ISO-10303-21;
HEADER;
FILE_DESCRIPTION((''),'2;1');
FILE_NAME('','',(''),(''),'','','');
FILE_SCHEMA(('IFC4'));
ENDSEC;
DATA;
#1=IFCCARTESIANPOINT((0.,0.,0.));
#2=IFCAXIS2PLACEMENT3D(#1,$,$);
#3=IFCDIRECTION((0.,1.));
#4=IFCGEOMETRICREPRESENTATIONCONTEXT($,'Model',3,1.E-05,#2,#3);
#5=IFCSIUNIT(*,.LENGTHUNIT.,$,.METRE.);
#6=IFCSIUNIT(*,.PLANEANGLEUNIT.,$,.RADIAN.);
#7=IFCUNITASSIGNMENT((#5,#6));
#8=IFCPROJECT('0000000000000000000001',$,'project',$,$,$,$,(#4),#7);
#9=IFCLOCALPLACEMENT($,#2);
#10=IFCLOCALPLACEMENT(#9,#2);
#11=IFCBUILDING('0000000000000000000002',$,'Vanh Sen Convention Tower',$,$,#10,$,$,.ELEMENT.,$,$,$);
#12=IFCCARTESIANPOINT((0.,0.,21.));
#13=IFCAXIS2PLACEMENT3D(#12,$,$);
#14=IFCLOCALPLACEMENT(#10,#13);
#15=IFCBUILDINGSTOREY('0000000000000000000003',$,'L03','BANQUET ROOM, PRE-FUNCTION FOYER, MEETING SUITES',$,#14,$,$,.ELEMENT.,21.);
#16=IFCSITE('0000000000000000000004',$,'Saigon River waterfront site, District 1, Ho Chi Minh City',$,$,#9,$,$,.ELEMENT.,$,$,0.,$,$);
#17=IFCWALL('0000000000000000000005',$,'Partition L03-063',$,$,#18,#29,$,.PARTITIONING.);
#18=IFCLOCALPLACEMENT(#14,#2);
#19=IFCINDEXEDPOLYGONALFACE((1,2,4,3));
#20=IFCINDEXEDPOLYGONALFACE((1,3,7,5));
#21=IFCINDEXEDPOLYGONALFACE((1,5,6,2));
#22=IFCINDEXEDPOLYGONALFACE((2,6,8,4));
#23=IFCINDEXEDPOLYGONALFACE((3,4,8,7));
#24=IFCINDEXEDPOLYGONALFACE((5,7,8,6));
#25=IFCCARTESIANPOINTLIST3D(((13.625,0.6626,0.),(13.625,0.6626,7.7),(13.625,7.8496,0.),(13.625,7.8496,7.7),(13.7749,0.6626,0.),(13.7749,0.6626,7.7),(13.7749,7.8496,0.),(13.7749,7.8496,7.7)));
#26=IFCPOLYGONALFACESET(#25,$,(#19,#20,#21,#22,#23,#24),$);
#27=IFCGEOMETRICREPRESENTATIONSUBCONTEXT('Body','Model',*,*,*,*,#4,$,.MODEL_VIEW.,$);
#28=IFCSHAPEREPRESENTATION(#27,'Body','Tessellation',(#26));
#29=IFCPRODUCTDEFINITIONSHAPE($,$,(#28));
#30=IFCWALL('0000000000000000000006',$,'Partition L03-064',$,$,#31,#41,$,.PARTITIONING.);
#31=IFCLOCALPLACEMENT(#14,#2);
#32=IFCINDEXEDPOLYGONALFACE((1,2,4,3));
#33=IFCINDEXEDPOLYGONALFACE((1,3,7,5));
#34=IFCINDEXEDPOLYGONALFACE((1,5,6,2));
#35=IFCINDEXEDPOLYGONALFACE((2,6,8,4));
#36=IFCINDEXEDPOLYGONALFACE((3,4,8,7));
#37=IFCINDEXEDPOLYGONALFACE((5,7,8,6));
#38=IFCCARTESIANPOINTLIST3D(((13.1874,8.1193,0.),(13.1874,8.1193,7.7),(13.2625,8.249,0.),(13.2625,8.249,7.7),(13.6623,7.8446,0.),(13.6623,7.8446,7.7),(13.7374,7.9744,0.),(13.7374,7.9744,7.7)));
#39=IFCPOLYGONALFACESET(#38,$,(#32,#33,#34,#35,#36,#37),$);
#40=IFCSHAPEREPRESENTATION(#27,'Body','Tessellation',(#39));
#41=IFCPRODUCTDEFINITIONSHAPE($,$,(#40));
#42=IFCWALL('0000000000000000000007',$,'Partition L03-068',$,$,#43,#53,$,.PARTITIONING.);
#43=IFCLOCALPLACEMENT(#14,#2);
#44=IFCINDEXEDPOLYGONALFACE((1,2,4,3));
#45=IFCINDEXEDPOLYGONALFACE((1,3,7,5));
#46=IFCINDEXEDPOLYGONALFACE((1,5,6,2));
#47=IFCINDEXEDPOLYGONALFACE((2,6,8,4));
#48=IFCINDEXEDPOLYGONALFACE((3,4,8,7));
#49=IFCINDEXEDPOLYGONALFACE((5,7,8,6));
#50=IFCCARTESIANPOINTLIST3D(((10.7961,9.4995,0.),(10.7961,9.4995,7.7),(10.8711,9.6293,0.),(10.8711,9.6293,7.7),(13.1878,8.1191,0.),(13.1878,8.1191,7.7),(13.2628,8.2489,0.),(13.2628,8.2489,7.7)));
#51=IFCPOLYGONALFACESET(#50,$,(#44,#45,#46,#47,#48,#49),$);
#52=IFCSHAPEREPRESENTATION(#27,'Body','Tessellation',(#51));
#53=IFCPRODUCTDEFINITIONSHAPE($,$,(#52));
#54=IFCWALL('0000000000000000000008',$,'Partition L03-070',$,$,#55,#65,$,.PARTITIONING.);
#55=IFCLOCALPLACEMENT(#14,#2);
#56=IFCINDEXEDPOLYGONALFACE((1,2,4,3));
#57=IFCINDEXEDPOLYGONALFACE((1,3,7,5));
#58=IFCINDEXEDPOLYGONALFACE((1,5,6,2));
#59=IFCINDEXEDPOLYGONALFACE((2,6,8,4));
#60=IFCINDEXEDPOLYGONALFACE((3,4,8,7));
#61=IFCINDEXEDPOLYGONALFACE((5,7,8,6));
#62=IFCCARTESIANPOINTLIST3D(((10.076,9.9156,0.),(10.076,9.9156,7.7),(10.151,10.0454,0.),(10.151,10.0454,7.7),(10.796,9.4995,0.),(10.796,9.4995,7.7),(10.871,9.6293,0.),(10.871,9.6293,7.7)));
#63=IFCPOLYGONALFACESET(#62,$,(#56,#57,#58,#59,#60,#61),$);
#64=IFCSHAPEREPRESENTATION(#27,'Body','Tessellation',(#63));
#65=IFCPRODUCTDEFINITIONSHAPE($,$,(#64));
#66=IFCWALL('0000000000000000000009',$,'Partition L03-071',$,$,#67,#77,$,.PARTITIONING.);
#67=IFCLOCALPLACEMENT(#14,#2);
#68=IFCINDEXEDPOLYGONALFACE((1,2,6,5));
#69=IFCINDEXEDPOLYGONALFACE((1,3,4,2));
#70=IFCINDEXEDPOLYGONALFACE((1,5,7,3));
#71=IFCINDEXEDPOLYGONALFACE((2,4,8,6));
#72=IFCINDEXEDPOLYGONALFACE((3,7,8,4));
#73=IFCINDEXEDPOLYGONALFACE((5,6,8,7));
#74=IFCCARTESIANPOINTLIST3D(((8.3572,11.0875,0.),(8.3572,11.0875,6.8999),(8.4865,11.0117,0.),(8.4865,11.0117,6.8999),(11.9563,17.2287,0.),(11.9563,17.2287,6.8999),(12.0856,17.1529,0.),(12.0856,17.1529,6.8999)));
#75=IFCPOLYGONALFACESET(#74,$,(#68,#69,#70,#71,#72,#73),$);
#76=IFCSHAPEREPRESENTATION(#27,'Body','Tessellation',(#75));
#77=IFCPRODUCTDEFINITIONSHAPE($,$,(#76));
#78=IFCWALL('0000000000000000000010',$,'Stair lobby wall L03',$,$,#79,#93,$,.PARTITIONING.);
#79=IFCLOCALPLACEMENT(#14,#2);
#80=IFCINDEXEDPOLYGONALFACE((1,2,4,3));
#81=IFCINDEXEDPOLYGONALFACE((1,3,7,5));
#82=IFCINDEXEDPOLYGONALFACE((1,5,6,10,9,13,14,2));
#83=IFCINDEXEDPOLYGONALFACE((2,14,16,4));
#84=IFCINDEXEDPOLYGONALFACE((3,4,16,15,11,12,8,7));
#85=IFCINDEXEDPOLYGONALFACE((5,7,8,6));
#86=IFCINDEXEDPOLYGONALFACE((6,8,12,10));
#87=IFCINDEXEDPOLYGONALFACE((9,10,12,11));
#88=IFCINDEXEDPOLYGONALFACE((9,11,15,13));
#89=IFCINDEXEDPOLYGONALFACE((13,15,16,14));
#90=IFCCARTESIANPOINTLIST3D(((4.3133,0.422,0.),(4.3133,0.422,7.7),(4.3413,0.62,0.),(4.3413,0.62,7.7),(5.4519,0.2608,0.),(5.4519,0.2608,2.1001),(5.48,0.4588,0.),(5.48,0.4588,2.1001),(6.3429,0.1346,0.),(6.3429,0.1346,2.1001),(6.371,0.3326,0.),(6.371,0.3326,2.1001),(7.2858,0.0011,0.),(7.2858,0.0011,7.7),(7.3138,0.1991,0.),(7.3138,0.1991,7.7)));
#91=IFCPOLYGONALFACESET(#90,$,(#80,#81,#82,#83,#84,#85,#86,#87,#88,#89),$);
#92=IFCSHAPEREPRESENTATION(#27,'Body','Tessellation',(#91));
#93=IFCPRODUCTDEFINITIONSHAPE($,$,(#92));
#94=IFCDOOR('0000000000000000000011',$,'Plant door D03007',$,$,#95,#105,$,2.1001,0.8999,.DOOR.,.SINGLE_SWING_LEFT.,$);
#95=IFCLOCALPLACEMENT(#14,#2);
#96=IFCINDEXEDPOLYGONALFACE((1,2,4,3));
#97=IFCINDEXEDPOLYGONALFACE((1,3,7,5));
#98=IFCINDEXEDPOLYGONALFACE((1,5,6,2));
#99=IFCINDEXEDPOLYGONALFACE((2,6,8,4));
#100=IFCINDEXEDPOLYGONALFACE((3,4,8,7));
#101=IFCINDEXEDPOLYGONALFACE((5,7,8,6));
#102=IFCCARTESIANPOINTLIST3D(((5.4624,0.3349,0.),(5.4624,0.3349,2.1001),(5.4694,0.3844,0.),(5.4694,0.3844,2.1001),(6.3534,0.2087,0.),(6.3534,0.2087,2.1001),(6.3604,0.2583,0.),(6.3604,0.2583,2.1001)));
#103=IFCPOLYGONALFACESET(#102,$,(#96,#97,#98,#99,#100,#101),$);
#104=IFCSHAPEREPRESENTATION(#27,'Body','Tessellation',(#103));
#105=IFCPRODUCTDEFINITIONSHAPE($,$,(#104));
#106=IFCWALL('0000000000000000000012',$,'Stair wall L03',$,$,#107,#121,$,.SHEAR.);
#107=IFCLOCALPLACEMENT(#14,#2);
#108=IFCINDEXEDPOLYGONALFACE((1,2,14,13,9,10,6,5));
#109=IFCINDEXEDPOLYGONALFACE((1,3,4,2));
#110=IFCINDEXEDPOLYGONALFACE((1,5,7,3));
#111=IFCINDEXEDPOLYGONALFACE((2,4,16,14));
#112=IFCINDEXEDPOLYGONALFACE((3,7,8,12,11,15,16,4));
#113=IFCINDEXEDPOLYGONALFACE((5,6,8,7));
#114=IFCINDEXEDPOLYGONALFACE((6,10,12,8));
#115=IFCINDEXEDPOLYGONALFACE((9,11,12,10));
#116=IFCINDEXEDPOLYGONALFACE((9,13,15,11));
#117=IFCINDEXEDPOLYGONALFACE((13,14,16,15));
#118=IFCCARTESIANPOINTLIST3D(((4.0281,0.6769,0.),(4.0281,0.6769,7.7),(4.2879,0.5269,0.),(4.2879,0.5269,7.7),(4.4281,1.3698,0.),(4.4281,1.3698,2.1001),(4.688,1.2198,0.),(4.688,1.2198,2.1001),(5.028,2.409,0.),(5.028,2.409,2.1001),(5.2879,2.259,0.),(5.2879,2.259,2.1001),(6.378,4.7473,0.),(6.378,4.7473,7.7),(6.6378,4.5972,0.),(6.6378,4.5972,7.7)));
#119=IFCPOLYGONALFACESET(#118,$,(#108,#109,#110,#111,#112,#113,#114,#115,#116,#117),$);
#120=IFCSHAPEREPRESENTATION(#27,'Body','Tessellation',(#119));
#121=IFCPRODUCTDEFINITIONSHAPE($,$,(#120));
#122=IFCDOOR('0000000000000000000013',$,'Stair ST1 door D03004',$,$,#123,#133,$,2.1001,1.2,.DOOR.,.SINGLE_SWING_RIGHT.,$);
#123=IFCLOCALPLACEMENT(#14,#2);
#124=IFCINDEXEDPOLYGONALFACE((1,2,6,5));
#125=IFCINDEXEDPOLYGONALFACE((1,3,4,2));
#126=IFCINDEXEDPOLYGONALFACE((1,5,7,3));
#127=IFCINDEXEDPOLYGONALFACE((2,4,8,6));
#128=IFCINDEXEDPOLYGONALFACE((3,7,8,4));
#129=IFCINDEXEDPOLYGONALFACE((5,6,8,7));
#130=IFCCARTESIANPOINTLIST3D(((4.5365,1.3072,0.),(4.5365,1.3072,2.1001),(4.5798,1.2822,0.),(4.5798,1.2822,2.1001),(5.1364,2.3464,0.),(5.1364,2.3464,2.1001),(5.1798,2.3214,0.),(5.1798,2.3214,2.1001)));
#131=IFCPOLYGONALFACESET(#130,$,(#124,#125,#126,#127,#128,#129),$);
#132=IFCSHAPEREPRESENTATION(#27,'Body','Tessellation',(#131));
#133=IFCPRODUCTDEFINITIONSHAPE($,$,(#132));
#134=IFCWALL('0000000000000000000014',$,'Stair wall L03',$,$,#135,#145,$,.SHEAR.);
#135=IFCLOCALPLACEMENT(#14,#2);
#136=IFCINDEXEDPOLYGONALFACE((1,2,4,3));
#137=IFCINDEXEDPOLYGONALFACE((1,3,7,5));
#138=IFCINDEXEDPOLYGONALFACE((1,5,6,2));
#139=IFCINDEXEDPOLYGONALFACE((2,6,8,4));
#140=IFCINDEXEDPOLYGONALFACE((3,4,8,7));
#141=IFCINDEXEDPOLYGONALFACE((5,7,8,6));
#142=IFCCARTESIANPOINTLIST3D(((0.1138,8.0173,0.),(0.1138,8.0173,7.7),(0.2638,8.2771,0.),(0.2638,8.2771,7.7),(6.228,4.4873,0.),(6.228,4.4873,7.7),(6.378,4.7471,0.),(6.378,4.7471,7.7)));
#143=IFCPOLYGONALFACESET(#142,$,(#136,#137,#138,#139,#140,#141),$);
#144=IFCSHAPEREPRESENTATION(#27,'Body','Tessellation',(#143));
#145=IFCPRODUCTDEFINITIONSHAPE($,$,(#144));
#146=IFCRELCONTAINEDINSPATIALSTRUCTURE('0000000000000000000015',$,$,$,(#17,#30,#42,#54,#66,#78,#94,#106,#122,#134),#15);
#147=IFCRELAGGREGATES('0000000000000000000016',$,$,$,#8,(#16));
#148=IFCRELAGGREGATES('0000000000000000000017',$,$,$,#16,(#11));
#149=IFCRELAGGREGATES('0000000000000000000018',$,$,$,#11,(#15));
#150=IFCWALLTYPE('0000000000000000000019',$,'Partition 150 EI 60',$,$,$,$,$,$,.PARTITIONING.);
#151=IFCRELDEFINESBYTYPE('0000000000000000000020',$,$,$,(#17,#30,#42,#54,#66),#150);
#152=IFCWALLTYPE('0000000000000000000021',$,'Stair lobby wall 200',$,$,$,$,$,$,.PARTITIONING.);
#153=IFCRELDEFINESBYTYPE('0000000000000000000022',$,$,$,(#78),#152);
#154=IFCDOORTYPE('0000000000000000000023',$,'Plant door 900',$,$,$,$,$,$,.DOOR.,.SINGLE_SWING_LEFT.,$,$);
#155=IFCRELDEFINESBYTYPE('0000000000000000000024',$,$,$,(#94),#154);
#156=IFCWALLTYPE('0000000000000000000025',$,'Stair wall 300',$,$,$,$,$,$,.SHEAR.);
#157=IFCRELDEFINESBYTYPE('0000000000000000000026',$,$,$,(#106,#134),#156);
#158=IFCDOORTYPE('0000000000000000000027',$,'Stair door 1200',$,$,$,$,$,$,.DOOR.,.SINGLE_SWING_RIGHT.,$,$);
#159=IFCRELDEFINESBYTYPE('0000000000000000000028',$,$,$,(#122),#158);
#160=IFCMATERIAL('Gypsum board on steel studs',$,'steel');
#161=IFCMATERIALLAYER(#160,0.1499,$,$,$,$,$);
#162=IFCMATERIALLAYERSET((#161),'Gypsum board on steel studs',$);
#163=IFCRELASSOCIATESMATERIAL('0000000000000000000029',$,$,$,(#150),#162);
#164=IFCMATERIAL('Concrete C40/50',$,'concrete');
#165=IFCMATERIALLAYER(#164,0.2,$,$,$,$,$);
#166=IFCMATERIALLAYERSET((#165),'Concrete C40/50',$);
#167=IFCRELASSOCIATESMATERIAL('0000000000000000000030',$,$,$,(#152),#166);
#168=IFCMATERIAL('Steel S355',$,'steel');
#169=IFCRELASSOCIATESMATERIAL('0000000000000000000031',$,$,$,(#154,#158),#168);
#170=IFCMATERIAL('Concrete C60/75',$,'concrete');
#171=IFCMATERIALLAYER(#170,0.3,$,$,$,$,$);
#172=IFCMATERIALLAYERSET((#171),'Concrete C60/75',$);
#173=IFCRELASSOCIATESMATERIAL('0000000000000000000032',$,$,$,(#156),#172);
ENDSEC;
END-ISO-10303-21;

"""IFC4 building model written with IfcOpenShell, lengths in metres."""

from ifc_helpers import new_model, si_unit, direction, frame, frame_2d, origin, place, context, subcontext, project, spatial, rectangle, extrude, material, layer, layer_set, type_object, element, fill, save


model = new_model("IFC4")

# Units and contexts
model_context = context("Model", 3, precision=1e-05, world=origin(), true_north=direction((0.0, 1.0)))
body_context = subcontext(model_context, "Body", "Model", "MODEL_VIEW")
ifc_project = project(units=[si_unit("LENGTHUNIT", "METRE"), si_unit("PLANEANGLEUNIT", "RADIAN")], contexts=[model_context])

# Site, building, storey
site_placement = place(None, origin())
site = spatial("IfcSite", under=ifc_project, at=site_placement, Name="Saigon River waterfront site, District 1, Ho Chi Minh City", CompositionType="ELEMENT", RefElevation=0.0)
building_placement = place(site_placement, origin())
building = spatial("IfcBuilding", under=site, at=building_placement, Name="Vanh Sen Convention Tower", CompositionType="ELEMENT")
storey_placement = place(building_placement, frame((0.0, 0.0, 21.0)))
storey = spatial("IfcBuildingStorey", under=building, at=storey_placement, Name="L03", Description="BANQUET ROOM, PRE-FUNCTION FOYER, MEETING SUITES", CompositionType="ELEMENT", Elevation=21.0)

# Shared definitions
ifc_material_1 = material(Name="Concrete C60/75", Category="concrete")

# Walls
ifc_material_2 = material(Name="Concrete C40/50", Category="concrete")
ifc_material_3 = material(Name="Gypsum board on steel studs", Category="steel")
ifc_layer_1 = layer(ifc_material_3, 0.1499)
ifc_layer_set_1 = layer_set([ifc_layer_1], Name="Gypsum board on steel studs")
wall_type_1 = type_object("IfcWallType", Name="Partition 150 EI 60", PredefinedType="PARTITIONING", material=ifc_layer_set_1)
wall_1_placement = place(storey_placement, frame((13.7, 7.8496, 0.0), z_axis=(0.0, 0.0, 1.0), x_axis=(0.0, -1.0, 0.0)))
element("IfcWall", 1, at=wall_1_placement, inside=storey, type_object=wall_type_1, Name="Partition L03-063", PredefinedType="PARTITIONING", context=body_context, shape_type="SweptSolid", body=[
    extrude(rectangle(XDim=7.187, YDim=0.1499, at=frame_2d((3.5935, 0.0))), origin(), (0.0, 0.0, 1.0), 7.7),
])
wall_2_placement = place(storey_placement, frame((13.7, 7.9094, 0.0), z_axis=(0.0, 0.0, 1.0), x_axis=(-0.865629, 0.500685, 0.0)))
element("IfcWall", 2, at=wall_2_placement, inside=storey, type_object=wall_type_1, Name="Partition L03-064", PredefinedType="PARTITIONING", context=body_context, shape_type="SweptSolid", body=[
    extrude(rectangle(XDim=0.5486, YDim=0.1499, at=frame_2d((0.2744, 0.0))), origin(), (0.0, 0.0, 1.0), 7.7),
])
wall_3_placement = place(storey_placement, frame((10.8335, 9.5645, 0.0), z_axis=(0.0, 0.0, 1.0), x_axis=(0.866091, -0.499886, 0.0)))
element("IfcWall", 3, at=wall_3_placement, inside=storey, type_object=wall_type_1, Name="Partition L03-068", PredefinedType="PARTITIONING", context=body_context, shape_type="SweptSolid", body=[
    extrude(rectangle(XDim=2.7615, YDim=0.1499, at=frame_2d((1.3809, 0.0))), origin(), (0.0, 0.0, 1.0), 7.7),
])
wall_4_placement = place(storey_placement, frame((10.1135, 9.9805, 0.0), z_axis=(0.0, 0.0, 1.0), x_axis=(0.865848, -0.500307, 0.0)))
element("IfcWall", 4, at=wall_4_placement, inside=storey, type_object=wall_type_1, Name="Partition L03-070", PredefinedType="PARTITIONING", context=body_context, shape_type="SweptSolid", body=[
    extrude(rectangle(XDim=0.8315, YDim=0.1499, at=frame_2d((0.4158, 0.0))), origin(), (0.0, 0.0, 1.0), 7.7),
])
wall_5_placement = place(storey_placement, frame((8.4219, 11.0496, 0.0), z_axis=(0.0, 0.0, 1.0), x_axis=(0.505617, 0.862758, 0.0)))
element("IfcWall", 5, at=wall_5_placement, inside=storey, type_object=wall_type_1, Name="Partition L03-071", PredefinedType="PARTITIONING", context=body_context, shape_type="SweptSolid", body=[
    extrude(rectangle(XDim=7.1182, YDim=0.1499, at=frame_2d((3.5591, 0.0))), origin(), (0.0, 0.0, 1.0), 6.8999),
])

# Walls, openings, doors
ifc_layer_2 = layer(ifc_material_2, 0.2)
ifc_layer_set_2 = layer_set([ifc_layer_2], Name="Concrete C40/50")
wall_type_2 = type_object("IfcWallType", Name="Stair lobby wall 200", PredefinedType="PARTITIONING", material=ifc_layer_set_2)
wall_6_placement = place(storey_placement, frame((4.3274, 0.521, 0.0), z_axis=(0.0, 0.0, 1.0), x_axis=(0.990124, -0.140192, 0.0)))
wall_6 = element("IfcWall", 6, at=wall_6_placement, inside=storey, type_object=wall_type_2, Name="Stair lobby wall L03", PredefinedType="PARTITIONING", context=body_context, shape_type="SweptSolid", body=[
    extrude(rectangle(XDim=3.0022, YDim=0.2, at=frame_2d((1.501, 0.0))), origin(), (0.0, 0.0, 1.0), 7.7),
])
opening_1_placement = place(wall_6_placement, frame((1.1499, 0.0, 0.0)))
opening_1 = element("IfcOpeningElement", 7, at=opening_1_placement, cuts=wall_6, PredefinedType="OPENING", context=body_context, shape_type="SweptSolid", body=[
    extrude(rectangle(XDim=0.8999, YDim=2.1001, at=frame_2d((0.45, 1.05))), frame((0.0, 0.1099, 0.0), z_axis=(0.0, -1.0, 0.0), x_axis=(1.0, 0.0, 0.0)), (0.0, 0.0, 1.0), 0.22),
])
ifc_material_4 = material(Name="Steel S355", Category="steel")
door_type_1 = type_object("IfcDoorType", Name="Plant door 900", OperationType="SINGLE_SWING_LEFT", PredefinedType="DOOR", material=ifc_material_4)
door_1_placement = place(opening_1_placement, origin())
door_1 = element("IfcDoor", 8, at=door_1_placement, inside=storey, type_object=door_type_1, Name="Plant door D03007", OperationType="SINGLE_SWING_LEFT", OverallHeight=2.1001, OverallWidth=0.8999, PredefinedType="DOOR", context=body_context, shape_type="SweptSolid", body=[
    extrude(rectangle(XDim=0.8999, YDim=2.1001, at=frame_2d((0.45, 1.05))), frame((0.0, 0.0249, 0.0), z_axis=(0.0, -1.0, 0.0), x_axis=(1.0, 0.0, 0.0)), (0.0, 0.0, 1.0), 0.05),
])
fill(opening_1, door_1)
ifc_layer_3 = layer(ifc_material_1, 0.3)
ifc_layer_set_3 = layer_set([ifc_layer_3], Name="Concrete C60/75")
wall_type_3 = type_object("IfcWallType", Name="Stair wall 300", PredefinedType="SHEAR", material=ifc_layer_set_3)
wall_7_placement = place(storey_placement, frame((4.158, 0.6018, 0.0), z_axis=(0.0, 0.0, 1.0), x_axis=(0.499977, 0.866039, 0.0)))
wall_7 = element("IfcWall", 9, at=wall_7_placement, inside=storey, type_object=wall_type_3, Name="Stair wall L03", PredefinedType="SHEAR", context=body_context, shape_type="SweptSolid", body=[
    extrude(rectangle(XDim=4.7, YDim=0.3, at=frame_2d((2.3501, 0.0))), origin(), (0.0, 0.0, 1.0), 7.7),
])
opening_2_placement = place(wall_7_placement, frame((0.8, 0.0, 0.0)))
opening_2 = element("IfcOpeningElement", 10, at=opening_2_placement, cuts=wall_7, PredefinedType="OPENING", context=body_context, shape_type="SweptSolid", body=[
    extrude(rectangle(XDim=1.2, YDim=2.1001, at=frame_2d((0.6001, 1.05))), frame((0.0, 0.1599, 0.0), z_axis=(0.0, -1.0, 0.0), x_axis=(1.0, 0.0, 0.0)), (0.0, 0.0, 1.0), 0.3201),
])
door_type_2 = type_object("IfcDoorType", Name="Stair door 1200", OperationType="SINGLE_SWING_RIGHT", PredefinedType="DOOR", material=ifc_material_4)
door_2_placement = place(opening_2_placement, origin())
door_2 = element("IfcDoor", 11, at=door_2_placement, inside=storey, type_object=door_type_2, Name="Stair ST1 door D03004", OperationType="SINGLE_SWING_RIGHT", OverallHeight=2.1001, OverallWidth=1.2, PredefinedType="DOOR", context=body_context, shape_type="SweptSolid", body=[
    extrude(rectangle(XDim=1.2, YDim=2.1001, at=frame_2d((0.6001, 1.05))), frame((0.0, 0.0249, 0.0), z_axis=(0.0, -1.0, 0.0), x_axis=(1.0, 0.0, 0.0)), (0.0, 0.0, 1.0), 0.05),
])
fill(opening_2, door_2)

# Wall
wall_8_placement = place(storey_placement, frame((6.303, 4.6172, 0.0), z_axis=(0.0, 0.0, 1.0), x_axis=(-0.866028, 0.499996, 0.0)))
element("IfcWall", 12, at=wall_8_placement, inside=storey, type_object=wall_type_3, Name="Stair wall L03", PredefinedType="SHEAR", context=body_context, shape_type="SweptSolid", body=[
    extrude(rectangle(XDim=7.0601, YDim=0.3, at=frame_2d((3.53, 0.0))), origin(), (0.0, 0.0, 1.0), 7.7),
])

save(model, "model.ifc")
